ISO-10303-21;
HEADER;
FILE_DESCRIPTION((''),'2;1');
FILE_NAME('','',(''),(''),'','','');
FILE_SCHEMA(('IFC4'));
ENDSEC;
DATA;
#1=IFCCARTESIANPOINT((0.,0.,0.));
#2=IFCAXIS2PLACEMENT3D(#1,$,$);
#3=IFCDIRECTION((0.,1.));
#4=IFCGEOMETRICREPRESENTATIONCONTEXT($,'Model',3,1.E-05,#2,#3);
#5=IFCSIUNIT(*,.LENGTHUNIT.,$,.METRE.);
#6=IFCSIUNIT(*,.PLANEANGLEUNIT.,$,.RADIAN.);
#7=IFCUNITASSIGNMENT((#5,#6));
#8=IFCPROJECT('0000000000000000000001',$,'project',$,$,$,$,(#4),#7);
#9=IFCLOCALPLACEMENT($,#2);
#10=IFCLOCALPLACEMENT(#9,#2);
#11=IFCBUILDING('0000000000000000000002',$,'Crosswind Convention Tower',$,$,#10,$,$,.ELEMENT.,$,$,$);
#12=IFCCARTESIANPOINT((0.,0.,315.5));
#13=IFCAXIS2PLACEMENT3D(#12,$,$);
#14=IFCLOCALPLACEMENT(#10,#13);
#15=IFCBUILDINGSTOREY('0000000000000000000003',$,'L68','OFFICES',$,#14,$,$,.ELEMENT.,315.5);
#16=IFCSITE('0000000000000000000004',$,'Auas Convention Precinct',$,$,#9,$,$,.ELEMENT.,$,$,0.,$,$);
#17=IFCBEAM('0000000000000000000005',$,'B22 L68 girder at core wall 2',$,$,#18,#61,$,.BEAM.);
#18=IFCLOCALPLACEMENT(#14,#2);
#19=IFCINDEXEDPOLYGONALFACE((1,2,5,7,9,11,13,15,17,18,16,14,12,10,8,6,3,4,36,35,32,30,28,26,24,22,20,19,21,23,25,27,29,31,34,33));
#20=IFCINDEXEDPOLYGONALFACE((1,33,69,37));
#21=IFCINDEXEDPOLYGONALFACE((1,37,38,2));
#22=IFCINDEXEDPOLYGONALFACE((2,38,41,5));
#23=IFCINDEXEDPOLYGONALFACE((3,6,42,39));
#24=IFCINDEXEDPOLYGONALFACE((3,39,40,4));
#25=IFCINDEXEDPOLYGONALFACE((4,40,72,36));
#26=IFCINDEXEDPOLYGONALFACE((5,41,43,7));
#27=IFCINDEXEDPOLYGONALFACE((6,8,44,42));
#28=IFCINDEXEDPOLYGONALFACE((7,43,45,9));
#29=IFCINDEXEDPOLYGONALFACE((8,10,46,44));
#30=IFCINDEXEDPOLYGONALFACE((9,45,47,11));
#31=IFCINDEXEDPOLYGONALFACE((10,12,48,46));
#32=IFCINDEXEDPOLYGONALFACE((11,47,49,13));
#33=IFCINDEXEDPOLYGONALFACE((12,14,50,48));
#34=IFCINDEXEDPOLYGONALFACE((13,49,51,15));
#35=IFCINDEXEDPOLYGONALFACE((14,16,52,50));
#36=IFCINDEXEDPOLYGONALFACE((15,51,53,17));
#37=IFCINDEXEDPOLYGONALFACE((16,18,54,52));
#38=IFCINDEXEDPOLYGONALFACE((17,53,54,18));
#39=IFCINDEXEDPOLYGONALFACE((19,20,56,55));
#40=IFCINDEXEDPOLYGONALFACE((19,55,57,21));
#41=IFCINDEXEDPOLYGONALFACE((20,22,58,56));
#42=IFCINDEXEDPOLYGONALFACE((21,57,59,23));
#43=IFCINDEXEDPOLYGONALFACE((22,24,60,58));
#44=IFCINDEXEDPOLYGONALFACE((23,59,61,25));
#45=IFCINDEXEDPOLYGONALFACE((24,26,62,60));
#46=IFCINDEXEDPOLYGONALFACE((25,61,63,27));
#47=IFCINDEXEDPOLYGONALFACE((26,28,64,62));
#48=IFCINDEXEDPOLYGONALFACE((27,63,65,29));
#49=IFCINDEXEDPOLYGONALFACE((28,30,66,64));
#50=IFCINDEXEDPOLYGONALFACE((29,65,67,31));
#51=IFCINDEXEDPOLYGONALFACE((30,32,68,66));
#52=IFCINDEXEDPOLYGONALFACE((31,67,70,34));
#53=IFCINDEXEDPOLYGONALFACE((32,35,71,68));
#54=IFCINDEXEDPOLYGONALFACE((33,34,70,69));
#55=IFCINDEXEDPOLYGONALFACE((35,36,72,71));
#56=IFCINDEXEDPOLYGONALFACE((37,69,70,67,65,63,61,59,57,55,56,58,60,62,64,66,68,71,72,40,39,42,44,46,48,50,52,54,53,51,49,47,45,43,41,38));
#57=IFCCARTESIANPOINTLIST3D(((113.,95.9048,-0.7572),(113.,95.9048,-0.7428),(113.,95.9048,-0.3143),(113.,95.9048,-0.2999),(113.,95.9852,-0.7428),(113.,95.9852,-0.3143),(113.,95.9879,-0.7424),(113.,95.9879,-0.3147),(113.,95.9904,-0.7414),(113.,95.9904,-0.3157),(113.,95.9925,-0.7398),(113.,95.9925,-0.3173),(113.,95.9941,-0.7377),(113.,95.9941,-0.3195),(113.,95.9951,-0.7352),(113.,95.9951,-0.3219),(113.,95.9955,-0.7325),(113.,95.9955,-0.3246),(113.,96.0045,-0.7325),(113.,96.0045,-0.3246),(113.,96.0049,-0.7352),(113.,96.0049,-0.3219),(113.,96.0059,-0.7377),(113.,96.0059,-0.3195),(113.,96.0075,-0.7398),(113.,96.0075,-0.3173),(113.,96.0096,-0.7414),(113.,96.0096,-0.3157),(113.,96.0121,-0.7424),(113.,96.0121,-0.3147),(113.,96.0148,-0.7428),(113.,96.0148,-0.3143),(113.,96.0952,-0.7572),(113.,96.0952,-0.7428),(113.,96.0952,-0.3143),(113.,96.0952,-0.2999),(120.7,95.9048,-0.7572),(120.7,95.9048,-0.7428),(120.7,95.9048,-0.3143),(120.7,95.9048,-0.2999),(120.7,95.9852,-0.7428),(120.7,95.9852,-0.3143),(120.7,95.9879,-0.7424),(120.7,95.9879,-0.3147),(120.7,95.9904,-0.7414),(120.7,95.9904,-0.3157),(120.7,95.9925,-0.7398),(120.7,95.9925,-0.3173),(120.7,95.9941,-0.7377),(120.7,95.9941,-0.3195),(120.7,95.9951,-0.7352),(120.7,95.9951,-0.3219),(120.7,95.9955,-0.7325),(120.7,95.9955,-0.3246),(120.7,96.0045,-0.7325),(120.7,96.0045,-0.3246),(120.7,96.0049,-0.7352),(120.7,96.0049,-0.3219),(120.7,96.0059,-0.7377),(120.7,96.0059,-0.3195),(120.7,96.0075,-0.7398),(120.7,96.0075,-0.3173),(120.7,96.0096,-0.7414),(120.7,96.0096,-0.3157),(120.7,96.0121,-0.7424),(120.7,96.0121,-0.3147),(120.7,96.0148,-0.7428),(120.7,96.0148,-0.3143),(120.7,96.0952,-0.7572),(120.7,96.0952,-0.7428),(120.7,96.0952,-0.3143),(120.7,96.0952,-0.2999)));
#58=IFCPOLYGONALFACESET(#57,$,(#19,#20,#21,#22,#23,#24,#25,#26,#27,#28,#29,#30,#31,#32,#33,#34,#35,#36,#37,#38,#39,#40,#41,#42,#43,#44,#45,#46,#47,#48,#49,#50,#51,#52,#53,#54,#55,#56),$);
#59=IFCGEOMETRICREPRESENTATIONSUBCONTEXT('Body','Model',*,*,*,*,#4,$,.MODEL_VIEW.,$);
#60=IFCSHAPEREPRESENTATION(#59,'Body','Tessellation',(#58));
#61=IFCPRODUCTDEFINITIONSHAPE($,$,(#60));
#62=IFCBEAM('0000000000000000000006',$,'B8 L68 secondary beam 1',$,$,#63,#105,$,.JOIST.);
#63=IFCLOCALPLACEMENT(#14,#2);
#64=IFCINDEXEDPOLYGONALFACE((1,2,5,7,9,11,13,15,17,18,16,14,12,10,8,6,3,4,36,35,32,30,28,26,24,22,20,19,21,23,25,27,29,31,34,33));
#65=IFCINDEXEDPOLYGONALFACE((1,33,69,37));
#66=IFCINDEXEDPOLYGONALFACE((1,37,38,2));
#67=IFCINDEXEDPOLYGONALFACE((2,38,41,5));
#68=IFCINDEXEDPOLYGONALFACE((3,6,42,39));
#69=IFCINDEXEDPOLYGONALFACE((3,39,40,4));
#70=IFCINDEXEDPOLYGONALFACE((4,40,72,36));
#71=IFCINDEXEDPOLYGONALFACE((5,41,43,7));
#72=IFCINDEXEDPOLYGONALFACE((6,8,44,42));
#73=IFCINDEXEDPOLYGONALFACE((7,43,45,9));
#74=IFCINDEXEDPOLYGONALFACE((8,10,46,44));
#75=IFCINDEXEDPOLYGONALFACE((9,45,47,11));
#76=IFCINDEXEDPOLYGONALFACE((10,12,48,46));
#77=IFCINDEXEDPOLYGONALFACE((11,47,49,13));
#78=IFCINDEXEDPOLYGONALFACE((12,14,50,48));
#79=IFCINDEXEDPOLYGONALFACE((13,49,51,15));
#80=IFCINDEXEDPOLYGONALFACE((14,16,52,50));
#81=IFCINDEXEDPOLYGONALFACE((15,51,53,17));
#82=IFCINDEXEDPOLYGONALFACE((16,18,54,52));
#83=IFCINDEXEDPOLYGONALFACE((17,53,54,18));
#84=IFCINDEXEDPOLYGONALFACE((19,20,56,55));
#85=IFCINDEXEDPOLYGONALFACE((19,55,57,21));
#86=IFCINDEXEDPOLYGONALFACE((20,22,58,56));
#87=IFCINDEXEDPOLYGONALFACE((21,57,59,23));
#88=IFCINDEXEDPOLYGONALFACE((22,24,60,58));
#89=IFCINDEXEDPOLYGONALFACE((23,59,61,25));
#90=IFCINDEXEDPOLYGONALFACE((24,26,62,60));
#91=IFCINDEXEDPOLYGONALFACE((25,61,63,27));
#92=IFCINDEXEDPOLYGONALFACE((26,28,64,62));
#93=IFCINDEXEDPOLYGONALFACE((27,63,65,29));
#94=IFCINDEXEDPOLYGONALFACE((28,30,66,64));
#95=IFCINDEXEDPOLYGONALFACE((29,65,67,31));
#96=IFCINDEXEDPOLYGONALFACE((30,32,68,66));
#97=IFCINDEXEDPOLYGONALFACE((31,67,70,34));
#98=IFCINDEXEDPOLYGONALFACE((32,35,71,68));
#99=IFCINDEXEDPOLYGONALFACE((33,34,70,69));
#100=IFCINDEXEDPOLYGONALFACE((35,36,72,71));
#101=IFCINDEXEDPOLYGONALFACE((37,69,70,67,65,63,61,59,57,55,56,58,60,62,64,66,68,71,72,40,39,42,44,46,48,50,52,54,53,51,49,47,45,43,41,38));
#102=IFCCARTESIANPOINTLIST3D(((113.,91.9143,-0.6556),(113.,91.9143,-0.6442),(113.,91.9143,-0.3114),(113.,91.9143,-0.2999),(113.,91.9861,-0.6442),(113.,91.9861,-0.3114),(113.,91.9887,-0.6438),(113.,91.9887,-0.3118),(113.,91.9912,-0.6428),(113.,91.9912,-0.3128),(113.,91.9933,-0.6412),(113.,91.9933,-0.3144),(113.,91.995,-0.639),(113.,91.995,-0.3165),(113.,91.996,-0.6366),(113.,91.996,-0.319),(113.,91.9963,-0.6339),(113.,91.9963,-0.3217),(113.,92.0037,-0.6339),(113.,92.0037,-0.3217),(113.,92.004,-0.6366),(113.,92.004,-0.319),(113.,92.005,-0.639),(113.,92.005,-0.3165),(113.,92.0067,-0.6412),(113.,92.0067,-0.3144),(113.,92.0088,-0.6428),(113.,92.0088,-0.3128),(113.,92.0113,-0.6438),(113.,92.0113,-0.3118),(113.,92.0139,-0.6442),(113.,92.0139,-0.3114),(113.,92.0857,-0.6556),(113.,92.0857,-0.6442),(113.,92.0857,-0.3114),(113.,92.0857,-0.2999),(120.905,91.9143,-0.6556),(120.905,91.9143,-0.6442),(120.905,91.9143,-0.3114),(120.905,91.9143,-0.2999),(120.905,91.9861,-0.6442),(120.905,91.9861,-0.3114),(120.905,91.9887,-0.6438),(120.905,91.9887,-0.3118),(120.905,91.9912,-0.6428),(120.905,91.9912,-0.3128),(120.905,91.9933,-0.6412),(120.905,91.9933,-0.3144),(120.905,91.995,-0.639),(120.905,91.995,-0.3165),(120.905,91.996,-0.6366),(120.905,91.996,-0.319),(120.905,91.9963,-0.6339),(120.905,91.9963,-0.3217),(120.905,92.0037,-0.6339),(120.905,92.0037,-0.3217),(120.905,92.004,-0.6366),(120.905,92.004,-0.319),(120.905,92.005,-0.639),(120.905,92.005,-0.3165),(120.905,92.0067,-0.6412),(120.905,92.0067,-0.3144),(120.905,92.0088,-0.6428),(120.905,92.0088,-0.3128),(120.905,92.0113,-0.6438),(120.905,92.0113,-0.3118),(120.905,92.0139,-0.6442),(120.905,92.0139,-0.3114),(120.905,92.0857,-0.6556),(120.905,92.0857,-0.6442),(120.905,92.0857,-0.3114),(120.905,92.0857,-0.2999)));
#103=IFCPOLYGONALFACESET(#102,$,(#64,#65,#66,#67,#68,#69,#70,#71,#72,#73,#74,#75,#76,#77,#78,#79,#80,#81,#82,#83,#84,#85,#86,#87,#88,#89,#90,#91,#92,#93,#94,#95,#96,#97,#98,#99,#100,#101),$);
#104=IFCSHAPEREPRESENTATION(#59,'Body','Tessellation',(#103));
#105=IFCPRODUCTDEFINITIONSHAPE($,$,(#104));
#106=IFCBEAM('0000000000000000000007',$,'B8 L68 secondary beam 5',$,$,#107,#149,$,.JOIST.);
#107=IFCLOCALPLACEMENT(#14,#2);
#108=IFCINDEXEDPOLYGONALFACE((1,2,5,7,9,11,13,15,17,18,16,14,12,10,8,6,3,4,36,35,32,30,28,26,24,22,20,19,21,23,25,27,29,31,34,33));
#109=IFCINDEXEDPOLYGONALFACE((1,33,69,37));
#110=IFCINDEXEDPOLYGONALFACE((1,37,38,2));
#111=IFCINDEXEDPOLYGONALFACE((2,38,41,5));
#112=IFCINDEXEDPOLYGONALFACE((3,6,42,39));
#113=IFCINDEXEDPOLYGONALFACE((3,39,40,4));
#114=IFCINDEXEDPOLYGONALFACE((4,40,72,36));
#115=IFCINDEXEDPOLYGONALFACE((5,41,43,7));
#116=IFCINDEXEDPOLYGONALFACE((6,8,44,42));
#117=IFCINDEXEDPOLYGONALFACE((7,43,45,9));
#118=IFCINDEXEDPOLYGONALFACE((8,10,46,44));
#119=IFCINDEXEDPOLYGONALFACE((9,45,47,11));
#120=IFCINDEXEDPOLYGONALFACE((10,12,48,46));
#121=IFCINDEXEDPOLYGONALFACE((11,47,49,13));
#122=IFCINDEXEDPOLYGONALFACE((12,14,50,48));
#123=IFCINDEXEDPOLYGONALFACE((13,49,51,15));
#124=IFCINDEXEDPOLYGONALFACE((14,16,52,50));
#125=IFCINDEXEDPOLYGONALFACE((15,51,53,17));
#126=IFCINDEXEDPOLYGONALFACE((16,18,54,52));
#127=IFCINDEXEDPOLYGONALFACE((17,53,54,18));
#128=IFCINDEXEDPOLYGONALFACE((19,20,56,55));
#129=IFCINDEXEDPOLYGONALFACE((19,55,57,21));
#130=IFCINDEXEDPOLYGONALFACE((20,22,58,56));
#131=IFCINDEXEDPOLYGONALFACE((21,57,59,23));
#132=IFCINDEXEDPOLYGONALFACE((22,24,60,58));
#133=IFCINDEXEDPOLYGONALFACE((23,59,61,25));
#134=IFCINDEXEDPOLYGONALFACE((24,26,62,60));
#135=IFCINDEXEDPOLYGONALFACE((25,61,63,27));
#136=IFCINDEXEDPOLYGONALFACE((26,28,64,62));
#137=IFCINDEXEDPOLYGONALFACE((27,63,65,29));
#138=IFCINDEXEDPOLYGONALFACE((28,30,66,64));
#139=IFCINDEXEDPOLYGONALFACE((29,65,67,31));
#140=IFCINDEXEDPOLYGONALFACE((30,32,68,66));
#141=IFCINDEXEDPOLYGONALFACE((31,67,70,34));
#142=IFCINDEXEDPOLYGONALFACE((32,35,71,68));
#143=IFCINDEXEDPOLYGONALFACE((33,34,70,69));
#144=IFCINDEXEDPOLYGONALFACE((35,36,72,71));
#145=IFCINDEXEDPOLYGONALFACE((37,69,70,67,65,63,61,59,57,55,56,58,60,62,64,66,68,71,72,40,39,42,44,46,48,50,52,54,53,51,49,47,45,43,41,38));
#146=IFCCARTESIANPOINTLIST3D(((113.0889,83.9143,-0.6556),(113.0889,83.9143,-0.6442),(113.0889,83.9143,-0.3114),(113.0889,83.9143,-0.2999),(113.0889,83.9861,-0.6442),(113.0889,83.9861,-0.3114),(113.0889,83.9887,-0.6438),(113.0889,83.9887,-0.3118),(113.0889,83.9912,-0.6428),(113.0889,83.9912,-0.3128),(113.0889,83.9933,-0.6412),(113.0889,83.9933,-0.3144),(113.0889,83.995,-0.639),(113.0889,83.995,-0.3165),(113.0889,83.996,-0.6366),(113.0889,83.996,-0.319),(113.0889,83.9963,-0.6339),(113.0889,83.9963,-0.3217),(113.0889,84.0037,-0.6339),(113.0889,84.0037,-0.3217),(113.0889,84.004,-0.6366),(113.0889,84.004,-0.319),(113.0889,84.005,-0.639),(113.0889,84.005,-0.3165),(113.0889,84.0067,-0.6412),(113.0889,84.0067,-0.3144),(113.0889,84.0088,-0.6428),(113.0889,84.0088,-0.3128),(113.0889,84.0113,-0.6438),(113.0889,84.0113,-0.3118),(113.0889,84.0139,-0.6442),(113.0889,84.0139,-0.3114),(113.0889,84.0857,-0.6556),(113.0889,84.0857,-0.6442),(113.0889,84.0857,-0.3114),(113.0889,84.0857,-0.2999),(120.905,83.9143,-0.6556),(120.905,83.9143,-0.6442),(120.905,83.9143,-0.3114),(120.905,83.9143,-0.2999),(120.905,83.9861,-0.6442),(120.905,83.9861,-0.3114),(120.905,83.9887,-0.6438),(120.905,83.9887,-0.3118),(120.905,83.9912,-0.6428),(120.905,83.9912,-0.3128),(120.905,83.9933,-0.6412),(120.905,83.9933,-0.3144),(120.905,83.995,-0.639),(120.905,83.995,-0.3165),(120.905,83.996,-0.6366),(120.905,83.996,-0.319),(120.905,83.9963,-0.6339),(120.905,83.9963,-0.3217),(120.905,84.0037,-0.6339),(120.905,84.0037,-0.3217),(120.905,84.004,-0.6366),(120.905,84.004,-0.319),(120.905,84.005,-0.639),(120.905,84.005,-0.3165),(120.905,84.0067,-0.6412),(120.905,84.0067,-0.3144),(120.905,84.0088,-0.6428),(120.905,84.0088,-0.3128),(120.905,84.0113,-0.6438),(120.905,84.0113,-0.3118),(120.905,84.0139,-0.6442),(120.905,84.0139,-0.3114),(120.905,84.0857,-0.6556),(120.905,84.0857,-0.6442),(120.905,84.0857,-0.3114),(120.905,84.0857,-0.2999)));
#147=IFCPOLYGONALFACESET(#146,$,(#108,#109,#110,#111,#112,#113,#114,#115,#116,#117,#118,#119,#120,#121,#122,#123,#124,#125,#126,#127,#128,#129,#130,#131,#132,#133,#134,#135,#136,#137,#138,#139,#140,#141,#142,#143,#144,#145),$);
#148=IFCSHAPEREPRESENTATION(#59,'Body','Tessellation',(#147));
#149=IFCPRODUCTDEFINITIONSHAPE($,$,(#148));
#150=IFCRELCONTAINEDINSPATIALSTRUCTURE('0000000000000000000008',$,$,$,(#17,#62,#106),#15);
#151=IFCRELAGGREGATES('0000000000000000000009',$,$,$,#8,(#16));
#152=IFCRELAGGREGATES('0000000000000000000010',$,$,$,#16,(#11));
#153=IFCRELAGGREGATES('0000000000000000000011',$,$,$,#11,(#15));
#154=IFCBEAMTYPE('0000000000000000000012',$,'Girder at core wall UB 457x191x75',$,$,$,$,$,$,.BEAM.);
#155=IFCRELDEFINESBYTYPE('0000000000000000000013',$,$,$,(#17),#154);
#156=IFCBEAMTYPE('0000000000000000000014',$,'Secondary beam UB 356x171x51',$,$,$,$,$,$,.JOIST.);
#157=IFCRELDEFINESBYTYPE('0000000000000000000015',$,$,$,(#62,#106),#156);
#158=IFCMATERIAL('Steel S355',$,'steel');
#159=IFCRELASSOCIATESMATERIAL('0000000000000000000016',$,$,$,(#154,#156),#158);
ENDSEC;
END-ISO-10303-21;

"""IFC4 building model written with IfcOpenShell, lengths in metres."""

from ifc_helpers import new_model, si_unit, direction, frame, origin, origin_2d, place, context, subcontext, project, spatial, i_section, extrude, material, material_profile, profile_set, type_object, element, save


model = new_model("IFC4")

# Units and contexts
model_context = context("Model", 3, precision=1e-05, world=origin(), true_north=direction((0.0, 1.0)))
body_context = subcontext(model_context, "Body", "Model", "MODEL_VIEW")
ifc_project = project(units=[si_unit("LENGTHUNIT", "METRE"), si_unit("PLANEANGLEUNIT", "RADIAN")], contexts=[model_context])

# Site, building, storey
site_placement = place(None, origin())
site = spatial("IfcSite", under=ifc_project, at=site_placement, Name="Auas Convention Precinct", CompositionType="ELEMENT", RefElevation=0.0)
building_placement = place(site_placement, origin())
building = spatial("IfcBuilding", under=site, at=building_placement, Name="Crosswind Convention Tower", CompositionType="ELEMENT")
storey_placement = place(building_placement, frame((0.0, 0.0, 315.5)))
storey = spatial("IfcBuildingStorey", under=building, at=storey_placement, Name="L68", Description="OFFICES", CompositionType="ELEMENT", Elevation=315.5)

# Beams
ifc_material_1 = material(Name="Steel S355", Category="steel")
ifc_material_profile_1 = material_profile(ifc_material_1, i_section(OverallWidth=0.1904, OverallDepth=0.4573, WebThickness=0.009, FlangeThickness=0.0144, FilletRadius=0.0103, at=origin_2d()), Name="UB 457x191x75")
ifc_profile_set_1 = profile_set([ifc_material_profile_1], Name="Steel S355")
beam_type_1 = type_object("IfcBeamType", Name="Girder at core wall UB 457x191x75", PredefinedType="BEAM", material=ifc_profile_set_1)
for number, where, z_axis, x_axis, name in (
    (1, (113.0, 96.0, -0.5286), (1.0, 0.0, 0.0), (0.0, 1.0, 0.0), "B22 L68 girder at core wall 2"),
):
    element("IfcBeam", number, at=place(storey_placement, frame(where, z_axis=z_axis, x_axis=x_axis)), inside=storey, type_object=beam_type_1, Name=name, PredefinedType="BEAM", context=body_context, shape_type="SweptSolid", body=[
        extrude(i_section(OverallWidth=0.1904, OverallDepth=0.4573, WebThickness=0.009, FlangeThickness=0.0144, FilletRadius=0.0103, at=origin_2d()), origin(), (0.0, 0.0, 1.0), 7.7),
    ])
ifc_material_profile_2 = material_profile(ifc_material_1, i_section(OverallWidth=0.1714, OverallDepth=0.3557, WebThickness=0.0073, FlangeThickness=0.0115, FilletRadius=0.0103, at=origin_2d()), Name="UB 356x171x51")
ifc_profile_set_2 = profile_set([ifc_material_profile_2], Name="Steel S355")
beam_type_2 = type_object("IfcBeamType", Name="Secondary beam UB 356x171x51", PredefinedType="JOIST", material=ifc_profile_set_2)
beam_1_placement = place(storey_placement, frame((113.0, 92.0, -0.4778), z_axis=(1.0, 0.0, 0.0), x_axis=(0.0, 1.0, 0.0)))
element("IfcBeam", 2, at=beam_1_placement, inside=storey, type_object=beam_type_2, Name="B8 L68 secondary beam 1", PredefinedType="JOIST", context=body_context, shape_type="SweptSolid", body=[
    extrude(i_section(OverallWidth=0.1714, OverallDepth=0.3557, WebThickness=0.0073, FlangeThickness=0.0115, FilletRadius=0.0103, at=origin_2d()), origin(), (0.0, 0.0, 1.0), 7.905),
])
beam_2_placement = place(storey_placement, frame((113.0889, 84.0, -0.4778), z_axis=(1.0, 0.0, 0.0), x_axis=(0.0, 1.0, 0.0)))
element("IfcBeam", 3, at=beam_2_placement, inside=storey, type_object=beam_type_2, Name="B8 L68 secondary beam 5", PredefinedType="JOIST", context=body_context, shape_type="SweptSolid", body=[
    extrude(i_section(OverallWidth=0.1714, OverallDepth=0.3557, WebThickness=0.0073, FlangeThickness=0.0115, FilletRadius=0.0103, at=origin_2d()), origin(), (0.0, 0.0, 1.0), 7.8162),
])

save(model, "model.ifc")
